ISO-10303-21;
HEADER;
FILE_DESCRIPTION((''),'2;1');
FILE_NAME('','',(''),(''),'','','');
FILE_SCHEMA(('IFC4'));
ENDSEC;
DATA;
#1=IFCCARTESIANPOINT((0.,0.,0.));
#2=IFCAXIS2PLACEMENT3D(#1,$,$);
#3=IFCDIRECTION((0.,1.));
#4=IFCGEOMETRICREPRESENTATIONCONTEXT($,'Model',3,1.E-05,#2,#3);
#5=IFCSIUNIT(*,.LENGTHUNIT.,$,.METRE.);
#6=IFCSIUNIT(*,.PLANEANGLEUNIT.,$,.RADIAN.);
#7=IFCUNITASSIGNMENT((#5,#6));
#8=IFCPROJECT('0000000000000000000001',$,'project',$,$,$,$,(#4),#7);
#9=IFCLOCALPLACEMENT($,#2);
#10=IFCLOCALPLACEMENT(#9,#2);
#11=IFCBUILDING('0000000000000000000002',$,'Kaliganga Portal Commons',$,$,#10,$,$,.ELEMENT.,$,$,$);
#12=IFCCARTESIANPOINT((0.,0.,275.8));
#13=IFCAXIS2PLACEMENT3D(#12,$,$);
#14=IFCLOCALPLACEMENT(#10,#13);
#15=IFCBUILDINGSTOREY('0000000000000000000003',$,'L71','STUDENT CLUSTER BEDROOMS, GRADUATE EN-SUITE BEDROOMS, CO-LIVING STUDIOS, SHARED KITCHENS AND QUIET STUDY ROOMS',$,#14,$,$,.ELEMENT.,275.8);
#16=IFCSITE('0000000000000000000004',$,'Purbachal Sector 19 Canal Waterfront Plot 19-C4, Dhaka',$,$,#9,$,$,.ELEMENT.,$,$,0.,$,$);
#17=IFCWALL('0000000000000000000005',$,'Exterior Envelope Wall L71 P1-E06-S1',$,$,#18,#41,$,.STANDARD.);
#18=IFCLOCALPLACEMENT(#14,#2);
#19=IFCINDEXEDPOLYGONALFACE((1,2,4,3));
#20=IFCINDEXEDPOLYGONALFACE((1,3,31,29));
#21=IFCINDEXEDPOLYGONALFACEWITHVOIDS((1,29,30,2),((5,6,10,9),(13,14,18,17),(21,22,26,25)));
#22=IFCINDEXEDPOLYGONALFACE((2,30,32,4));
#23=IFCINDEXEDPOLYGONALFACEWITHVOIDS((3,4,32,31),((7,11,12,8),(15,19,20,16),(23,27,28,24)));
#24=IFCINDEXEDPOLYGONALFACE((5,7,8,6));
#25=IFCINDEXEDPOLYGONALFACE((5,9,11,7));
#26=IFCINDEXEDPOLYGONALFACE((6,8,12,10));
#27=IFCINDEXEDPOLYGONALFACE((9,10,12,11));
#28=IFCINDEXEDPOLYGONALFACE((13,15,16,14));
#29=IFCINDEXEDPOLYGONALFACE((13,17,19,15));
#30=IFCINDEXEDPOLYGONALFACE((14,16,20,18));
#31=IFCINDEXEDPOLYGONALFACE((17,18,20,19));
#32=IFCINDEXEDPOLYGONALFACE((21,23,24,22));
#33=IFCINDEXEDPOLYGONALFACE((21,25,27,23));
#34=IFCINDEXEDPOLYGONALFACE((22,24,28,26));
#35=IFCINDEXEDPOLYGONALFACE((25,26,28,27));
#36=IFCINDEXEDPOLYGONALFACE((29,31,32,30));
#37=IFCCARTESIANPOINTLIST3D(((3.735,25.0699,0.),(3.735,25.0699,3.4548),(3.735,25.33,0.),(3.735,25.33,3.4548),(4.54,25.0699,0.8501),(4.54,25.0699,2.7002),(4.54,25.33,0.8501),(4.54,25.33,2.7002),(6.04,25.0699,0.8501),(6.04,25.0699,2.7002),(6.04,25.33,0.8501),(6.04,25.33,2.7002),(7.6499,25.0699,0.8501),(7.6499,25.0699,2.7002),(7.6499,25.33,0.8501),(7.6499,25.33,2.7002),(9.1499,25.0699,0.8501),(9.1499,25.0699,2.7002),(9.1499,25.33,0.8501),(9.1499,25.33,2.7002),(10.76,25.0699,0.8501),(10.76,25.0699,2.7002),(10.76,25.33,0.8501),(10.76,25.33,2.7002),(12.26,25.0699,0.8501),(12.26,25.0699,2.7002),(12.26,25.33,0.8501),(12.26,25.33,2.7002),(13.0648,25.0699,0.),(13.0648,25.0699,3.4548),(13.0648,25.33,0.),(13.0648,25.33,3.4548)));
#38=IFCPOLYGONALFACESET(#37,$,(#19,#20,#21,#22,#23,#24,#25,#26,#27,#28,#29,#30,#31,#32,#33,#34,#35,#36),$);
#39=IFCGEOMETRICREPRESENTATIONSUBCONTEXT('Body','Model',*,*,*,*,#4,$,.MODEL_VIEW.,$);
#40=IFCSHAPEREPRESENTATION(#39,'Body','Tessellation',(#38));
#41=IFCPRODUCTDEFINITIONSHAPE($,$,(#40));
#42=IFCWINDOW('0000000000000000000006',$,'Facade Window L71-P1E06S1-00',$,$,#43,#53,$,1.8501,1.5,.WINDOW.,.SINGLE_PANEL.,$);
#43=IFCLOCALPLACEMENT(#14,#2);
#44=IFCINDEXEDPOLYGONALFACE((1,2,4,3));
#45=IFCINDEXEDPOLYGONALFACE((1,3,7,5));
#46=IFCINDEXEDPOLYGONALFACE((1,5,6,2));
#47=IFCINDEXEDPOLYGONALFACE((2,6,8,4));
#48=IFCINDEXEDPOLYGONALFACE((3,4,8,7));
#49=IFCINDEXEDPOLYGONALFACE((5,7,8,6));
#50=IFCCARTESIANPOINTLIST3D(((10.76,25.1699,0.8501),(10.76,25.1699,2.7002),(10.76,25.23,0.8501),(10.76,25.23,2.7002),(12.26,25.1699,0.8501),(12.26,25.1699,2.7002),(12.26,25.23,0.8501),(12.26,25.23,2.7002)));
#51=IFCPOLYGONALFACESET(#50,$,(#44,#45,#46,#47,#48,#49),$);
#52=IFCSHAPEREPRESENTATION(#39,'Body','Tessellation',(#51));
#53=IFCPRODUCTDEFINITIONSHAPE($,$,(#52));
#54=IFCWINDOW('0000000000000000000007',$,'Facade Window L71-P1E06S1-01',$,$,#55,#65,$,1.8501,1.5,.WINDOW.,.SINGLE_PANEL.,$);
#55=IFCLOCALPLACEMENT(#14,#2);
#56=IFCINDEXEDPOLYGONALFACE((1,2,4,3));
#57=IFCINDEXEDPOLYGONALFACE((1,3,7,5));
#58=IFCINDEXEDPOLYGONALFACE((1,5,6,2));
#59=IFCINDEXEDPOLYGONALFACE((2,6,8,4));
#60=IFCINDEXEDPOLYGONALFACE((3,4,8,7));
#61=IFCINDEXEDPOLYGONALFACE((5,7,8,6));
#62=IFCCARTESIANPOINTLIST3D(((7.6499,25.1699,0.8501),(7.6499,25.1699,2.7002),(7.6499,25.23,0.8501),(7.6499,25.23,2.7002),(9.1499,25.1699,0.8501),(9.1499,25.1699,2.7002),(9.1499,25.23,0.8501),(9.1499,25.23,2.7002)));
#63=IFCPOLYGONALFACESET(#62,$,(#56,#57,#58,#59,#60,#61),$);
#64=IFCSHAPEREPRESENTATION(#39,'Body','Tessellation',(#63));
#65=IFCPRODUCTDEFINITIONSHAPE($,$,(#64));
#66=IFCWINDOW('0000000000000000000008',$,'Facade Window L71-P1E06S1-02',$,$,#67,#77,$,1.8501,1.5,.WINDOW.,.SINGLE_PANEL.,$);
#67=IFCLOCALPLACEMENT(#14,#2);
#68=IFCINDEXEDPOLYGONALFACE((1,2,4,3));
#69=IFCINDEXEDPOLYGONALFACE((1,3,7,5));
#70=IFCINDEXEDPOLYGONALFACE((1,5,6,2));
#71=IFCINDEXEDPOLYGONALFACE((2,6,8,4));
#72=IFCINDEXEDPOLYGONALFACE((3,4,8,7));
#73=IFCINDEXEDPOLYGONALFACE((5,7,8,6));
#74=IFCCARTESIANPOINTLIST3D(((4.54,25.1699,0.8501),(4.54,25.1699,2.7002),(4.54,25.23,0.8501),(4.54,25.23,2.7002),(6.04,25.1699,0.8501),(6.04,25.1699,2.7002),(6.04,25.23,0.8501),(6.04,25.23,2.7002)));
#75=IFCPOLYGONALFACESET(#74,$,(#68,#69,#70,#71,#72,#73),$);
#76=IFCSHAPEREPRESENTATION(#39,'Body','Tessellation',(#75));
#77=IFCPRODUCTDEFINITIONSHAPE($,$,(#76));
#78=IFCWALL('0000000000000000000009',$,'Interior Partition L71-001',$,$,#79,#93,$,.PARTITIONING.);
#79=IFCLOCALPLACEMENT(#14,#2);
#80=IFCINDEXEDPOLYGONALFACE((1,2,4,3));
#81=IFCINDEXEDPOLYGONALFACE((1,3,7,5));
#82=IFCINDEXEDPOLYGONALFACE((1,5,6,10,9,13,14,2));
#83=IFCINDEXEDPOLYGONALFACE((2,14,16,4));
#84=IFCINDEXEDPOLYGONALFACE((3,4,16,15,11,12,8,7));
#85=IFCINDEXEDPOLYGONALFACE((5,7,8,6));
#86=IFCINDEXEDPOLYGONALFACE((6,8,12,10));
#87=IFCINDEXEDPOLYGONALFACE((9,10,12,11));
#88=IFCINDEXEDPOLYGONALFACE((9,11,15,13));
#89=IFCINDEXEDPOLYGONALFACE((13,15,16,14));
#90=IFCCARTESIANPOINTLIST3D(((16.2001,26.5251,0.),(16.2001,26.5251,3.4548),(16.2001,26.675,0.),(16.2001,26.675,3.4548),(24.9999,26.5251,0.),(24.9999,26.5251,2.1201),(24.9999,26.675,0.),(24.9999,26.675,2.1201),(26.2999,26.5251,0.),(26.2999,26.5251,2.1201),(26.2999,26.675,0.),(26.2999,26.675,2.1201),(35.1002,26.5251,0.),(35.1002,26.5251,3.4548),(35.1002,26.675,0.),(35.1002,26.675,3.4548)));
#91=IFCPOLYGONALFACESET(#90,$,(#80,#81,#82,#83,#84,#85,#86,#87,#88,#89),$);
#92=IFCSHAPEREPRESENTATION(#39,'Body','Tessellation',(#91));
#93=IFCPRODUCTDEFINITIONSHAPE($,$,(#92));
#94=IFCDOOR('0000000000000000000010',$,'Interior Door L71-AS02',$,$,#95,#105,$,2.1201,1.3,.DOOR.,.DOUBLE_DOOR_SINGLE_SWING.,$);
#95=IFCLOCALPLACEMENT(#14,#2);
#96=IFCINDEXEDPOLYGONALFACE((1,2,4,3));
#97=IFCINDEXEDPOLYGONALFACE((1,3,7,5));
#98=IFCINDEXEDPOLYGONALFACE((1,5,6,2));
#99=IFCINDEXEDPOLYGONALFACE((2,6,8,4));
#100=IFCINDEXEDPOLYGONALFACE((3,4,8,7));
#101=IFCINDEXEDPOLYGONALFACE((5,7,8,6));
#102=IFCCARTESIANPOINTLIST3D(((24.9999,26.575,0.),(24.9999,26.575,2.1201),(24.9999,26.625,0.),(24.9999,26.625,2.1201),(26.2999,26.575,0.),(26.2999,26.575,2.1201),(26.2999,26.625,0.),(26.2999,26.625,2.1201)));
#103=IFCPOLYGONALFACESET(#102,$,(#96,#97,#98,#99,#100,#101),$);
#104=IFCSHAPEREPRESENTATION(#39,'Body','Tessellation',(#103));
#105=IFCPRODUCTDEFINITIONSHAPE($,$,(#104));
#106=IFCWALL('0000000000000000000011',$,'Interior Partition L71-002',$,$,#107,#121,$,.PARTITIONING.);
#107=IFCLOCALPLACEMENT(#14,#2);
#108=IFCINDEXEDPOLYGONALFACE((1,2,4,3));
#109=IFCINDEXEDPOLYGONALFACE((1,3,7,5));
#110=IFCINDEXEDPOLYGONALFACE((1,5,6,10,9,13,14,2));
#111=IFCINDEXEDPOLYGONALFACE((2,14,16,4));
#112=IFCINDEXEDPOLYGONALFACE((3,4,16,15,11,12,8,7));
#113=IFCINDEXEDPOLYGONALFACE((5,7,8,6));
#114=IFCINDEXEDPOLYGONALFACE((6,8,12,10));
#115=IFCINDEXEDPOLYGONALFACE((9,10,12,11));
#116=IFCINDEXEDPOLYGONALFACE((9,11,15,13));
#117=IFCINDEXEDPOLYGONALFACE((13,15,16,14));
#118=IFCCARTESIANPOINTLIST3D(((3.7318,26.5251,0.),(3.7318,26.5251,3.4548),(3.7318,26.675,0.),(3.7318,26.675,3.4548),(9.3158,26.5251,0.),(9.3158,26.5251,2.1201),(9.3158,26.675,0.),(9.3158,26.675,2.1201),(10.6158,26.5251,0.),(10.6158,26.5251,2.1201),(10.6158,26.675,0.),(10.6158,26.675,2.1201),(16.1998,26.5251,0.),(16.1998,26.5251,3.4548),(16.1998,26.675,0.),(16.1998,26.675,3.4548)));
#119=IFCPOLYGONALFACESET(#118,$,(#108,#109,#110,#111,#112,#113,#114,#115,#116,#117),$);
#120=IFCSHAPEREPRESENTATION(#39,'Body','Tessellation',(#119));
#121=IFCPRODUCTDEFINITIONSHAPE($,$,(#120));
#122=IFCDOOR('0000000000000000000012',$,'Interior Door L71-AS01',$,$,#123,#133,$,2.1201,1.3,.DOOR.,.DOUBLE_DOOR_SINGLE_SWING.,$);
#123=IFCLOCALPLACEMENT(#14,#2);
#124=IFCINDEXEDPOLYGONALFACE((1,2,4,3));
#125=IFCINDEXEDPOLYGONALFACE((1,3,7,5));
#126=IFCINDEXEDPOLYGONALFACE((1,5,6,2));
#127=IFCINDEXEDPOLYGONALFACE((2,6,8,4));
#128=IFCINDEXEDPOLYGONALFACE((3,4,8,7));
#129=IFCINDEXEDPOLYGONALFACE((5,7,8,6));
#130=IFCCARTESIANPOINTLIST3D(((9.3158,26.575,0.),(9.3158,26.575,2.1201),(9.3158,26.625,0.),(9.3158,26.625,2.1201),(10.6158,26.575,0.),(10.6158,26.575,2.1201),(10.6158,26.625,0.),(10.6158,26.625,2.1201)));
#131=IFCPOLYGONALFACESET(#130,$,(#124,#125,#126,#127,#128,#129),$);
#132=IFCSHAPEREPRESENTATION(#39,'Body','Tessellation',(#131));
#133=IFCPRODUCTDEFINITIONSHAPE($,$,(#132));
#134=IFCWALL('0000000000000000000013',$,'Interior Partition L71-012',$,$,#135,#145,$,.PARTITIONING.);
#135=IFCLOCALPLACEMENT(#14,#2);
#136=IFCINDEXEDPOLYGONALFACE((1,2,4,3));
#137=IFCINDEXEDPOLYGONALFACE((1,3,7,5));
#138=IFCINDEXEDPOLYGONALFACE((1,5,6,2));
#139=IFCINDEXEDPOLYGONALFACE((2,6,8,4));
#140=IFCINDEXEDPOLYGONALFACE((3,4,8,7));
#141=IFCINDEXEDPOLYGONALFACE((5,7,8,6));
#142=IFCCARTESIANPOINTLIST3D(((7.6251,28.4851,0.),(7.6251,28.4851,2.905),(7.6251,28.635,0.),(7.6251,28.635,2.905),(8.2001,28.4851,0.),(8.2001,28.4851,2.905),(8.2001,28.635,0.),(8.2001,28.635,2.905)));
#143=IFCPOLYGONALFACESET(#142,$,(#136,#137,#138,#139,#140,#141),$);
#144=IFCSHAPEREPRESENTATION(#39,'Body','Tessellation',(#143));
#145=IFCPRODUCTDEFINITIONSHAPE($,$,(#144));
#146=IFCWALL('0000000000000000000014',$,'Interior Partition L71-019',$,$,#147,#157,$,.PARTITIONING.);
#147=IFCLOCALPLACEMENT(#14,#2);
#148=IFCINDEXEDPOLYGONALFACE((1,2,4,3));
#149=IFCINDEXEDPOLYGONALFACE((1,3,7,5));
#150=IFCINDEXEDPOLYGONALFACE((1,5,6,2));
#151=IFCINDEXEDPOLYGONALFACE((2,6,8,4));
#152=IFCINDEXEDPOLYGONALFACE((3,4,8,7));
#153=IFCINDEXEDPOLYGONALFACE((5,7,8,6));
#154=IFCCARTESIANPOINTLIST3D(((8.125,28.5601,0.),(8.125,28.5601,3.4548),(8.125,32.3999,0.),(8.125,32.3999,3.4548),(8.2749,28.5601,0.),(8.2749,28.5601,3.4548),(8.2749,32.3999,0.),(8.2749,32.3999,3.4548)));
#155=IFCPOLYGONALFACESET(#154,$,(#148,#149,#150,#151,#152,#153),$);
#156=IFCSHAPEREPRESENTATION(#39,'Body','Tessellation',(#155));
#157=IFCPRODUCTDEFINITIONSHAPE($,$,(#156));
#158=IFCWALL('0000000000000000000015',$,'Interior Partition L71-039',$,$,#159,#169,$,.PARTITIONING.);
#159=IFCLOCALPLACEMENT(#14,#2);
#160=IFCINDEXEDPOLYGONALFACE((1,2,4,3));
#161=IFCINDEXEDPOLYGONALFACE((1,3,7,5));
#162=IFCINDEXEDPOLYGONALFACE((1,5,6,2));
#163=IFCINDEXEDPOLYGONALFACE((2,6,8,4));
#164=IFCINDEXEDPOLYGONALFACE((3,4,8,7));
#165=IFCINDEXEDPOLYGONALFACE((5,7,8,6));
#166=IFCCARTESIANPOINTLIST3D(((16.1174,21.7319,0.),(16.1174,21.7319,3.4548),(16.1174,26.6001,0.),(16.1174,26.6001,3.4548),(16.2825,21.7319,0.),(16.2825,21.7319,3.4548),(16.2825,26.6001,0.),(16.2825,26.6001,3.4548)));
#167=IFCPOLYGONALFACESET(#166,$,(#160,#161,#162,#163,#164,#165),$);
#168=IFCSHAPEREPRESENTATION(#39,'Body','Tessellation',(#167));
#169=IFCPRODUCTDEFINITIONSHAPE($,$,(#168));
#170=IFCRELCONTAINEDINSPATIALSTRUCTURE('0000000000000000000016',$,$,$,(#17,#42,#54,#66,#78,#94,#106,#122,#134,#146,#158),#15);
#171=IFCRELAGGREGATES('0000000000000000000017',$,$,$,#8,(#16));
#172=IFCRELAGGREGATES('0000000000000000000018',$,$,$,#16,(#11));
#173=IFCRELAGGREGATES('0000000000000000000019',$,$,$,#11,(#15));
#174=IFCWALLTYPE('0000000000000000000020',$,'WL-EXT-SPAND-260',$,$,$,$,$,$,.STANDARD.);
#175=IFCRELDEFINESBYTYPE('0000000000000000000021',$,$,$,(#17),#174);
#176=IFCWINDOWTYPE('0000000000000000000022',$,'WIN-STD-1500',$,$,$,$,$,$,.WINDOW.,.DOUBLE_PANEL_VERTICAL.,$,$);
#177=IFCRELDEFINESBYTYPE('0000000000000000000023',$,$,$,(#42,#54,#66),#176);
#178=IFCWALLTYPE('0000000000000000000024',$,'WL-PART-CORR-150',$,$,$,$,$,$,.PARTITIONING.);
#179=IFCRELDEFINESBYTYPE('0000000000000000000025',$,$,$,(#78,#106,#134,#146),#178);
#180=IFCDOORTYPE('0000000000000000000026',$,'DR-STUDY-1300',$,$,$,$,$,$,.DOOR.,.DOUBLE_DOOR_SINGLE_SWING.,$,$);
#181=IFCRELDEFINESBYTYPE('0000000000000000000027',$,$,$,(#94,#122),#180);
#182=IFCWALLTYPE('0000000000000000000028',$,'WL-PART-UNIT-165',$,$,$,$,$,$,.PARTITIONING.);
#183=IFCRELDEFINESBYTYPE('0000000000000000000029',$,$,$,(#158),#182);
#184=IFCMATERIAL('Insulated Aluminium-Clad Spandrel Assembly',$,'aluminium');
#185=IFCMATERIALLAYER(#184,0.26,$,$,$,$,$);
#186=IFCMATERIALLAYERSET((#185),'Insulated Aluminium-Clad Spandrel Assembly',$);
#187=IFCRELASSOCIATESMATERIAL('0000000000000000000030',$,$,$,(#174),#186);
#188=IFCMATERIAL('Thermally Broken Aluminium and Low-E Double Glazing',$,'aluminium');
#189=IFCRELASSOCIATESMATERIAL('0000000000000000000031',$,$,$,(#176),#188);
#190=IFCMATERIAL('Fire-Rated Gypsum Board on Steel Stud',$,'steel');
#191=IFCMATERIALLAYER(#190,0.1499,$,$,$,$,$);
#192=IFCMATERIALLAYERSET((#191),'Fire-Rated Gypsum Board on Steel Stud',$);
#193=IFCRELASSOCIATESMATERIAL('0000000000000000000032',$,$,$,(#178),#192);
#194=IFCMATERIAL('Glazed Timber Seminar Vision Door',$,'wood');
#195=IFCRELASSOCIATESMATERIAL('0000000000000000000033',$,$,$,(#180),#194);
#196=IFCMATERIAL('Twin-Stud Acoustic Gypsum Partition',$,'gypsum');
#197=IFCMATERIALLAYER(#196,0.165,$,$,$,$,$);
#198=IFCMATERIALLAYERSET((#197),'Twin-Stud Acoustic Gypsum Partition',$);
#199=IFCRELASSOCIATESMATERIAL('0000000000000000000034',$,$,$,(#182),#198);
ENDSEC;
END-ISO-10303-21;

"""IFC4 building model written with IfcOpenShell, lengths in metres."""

from ifc_helpers import new_model, si_unit, direction, frame, frame_2d, origin, place, context, subcontext, project, spatial, rectangle, extrude, material, layer, layer_set, type_object, element, fill, save


model = new_model("IFC4")

# Units and contexts
model_context = context("Model", 3, precision=1e-05, world=origin(), true_north=direction((0.0, 1.0)))
body_context = subcontext(model_context, "Body", "Model", "MODEL_VIEW")
ifc_project = project(units=[si_unit("LENGTHUNIT", "METRE"), si_unit("PLANEANGLEUNIT", "RADIAN")], contexts=[model_context])

# Site, building, storey
site_placement = place(None, origin())
site = spatial("IfcSite", under=ifc_project, at=site_placement, Name="Purbachal Sector 19 Canal Waterfront Plot 19-C4, Dhaka", CompositionType="ELEMENT", RefElevation=0.0)
building_placement = place(site_placement, origin())
building = spatial("IfcBuilding", under=site, at=building_placement, Name="Kaliganga Portal Commons", CompositionType="ELEMENT")
storey_placement = place(building_placement, frame((0.0, 0.0, 275.8)))
storey = spatial("IfcBuildingStorey", under=building, at=storey_placement, Name="L71", Description="STUDENT CLUSTER BEDROOMS, GRADUATE EN-SUITE BEDROOMS, CO-LIVING STUDIOS, SHARED KITCHENS AND QUIET STUDY ROOMS", CompositionType="ELEMENT", Elevation=275.8)

# Shared definitions
ifc_material_1 = material(Name="Insulated Aluminium-Clad Spandrel Assembly", Category="aluminium")
ifc_layer_1 = layer(ifc_material_1, 0.26)
ifc_layer_set_1 = layer_set([ifc_layer_1], Name="Insulated Aluminium-Clad Spandrel Assembly")
wall_type_1 = type_object("IfcWallType", Name="WL-EXT-SPAND-260", PredefinedType="STANDARD", material=ifc_layer_set_1)
ifc_material_2 = material(Name="Thermally Broken Aluminium and Low-E Double Glazing", Category="aluminium")

# Wall, openings, windows
wall_1_placement = place(storey_placement, frame((13.0649, 25.2, 0.0), z_axis=(0.0, 0.0, 1.0), x_axis=(-1.0, 0.0, 0.0)))
wall_1 = element("IfcWall", 1, at=wall_1_placement, inside=storey, type_object=wall_type_1, Name="Exterior Envelope Wall L71 P1-E06-S1", PredefinedType="STANDARD", context=body_context, shape_type="SweptSolid", body=[
    extrude(rectangle(XDim=9.3298, YDim=0.26, at=frame_2d((4.665, 0.0))), origin(), (0.0, 0.0, 1.0), 3.4548),
])
opening_1_placement = place(wall_1_placement, frame((0.8049, 0.0, 0.8501)))
opening_1 = element("IfcOpeningElement", 2, at=opening_1_placement, cuts=wall_1, PredefinedType="OPENING", context=body_context, shape_type="SweptSolid", body=[
    extrude(rectangle(XDim=1.5, YDim=1.8501, at=frame_2d((0.75, 0.925))), frame((0.0, 0.1401, 0.0), z_axis=(0.0, -1.0, 0.0), x_axis=(1.0, 0.0, 0.0)), (0.0, 0.0, 1.0), 0.28),
])
opening_2_placement = place(wall_1_placement, frame((3.915, 0.0, 0.8501)))
opening_2 = element("IfcOpeningElement", 3, at=opening_2_placement, cuts=wall_1, PredefinedType="OPENING", context=body_context, shape_type="SweptSolid", body=[
    extrude(rectangle(XDim=1.5, YDim=1.8501, at=frame_2d((0.75, 0.925))), frame((0.0, 0.1401, 0.0), z_axis=(0.0, -1.0, 0.0), x_axis=(1.0, 0.0, 0.0)), (0.0, 0.0, 1.0), 0.28),
])
opening_3_placement = place(wall_1_placement, frame((7.0249, 0.0, 0.8501)))
opening_3 = element("IfcOpeningElement", 4, at=opening_3_placement, cuts=wall_1, PredefinedType="OPENING", context=body_context, shape_type="SweptSolid", body=[
    extrude(rectangle(XDim=1.5, YDim=1.8501, at=frame_2d((0.75, 0.925))), frame((0.0, 0.1401, 0.0), z_axis=(0.0, -1.0, 0.0), x_axis=(1.0, 0.0, 0.0)), (0.0, 0.0, 1.0), 0.28),
])
window_type_1 = type_object("IfcWindowType", Name="WIN-STD-1500", PartitioningType="DOUBLE_PANEL_VERTICAL", PredefinedType="WINDOW", material=ifc_material_2)
window_1_placement = place(opening_1_placement, origin())
window_1 = element("IfcWindow", 5, at=window_1_placement, inside=storey, type_object=window_type_1, Name="Facade Window L71-P1E06S1-00", OverallHeight=1.8501, OverallWidth=1.5, PartitioningType="SINGLE_PANEL", PredefinedType="WINDOW", context=body_context, shape_type="SweptSolid", body=[
    extrude(rectangle(XDim=1.5, YDim=1.8501, at=frame_2d((0.75, 0.925))), frame((0.0, 0.03, 0.0), z_axis=(0.0, -1.0, 0.0), x_axis=(1.0, 0.0, 0.0)), (0.0, 0.0, 1.0), 0.0601),
])
fill(opening_1, window_1)
window_2_placement = place(opening_2_placement, origin())
window_2 = element("IfcWindow", 6, at=window_2_placement, inside=storey, type_object=window_type_1, Name="Facade Window L71-P1E06S1-01", OverallHeight=1.8501, OverallWidth=1.5, PartitioningType="SINGLE_PANEL", PredefinedType="WINDOW", context=body_context, shape_type="SweptSolid", body=[
    extrude(rectangle(XDim=1.5, YDim=1.8501, at=frame_2d((0.75, 0.925))), frame((0.0, 0.03, 0.0), z_axis=(0.0, -1.0, 0.0), x_axis=(1.0, 0.0, 0.0)), (0.0, 0.0, 1.0), 0.0601),
])
fill(opening_2, window_2)
window_3_placement = place(opening_3_placement, origin())
window_3 = element("IfcWindow", 7, at=window_3_placement, inside=storey, type_object=window_type_1, Name="Facade Window L71-P1E06S1-02", OverallHeight=1.8501, OverallWidth=1.5, PartitioningType="SINGLE_PANEL", PredefinedType="WINDOW", context=body_context, shape_type="SweptSolid", body=[
    extrude(rectangle(XDim=1.5, YDim=1.8501, at=frame_2d((0.75, 0.925))), frame((0.0, 0.03, 0.0), z_axis=(0.0, -1.0, 0.0), x_axis=(1.0, 0.0, 0.0)), (0.0, 0.0, 1.0), 0.0601),
])
fill(opening_3, window_3)

# Walls, openings, doors
ifc_material_3 = material(Name="Fire-Rated Gypsum Board on Steel Stud", Category="steel")
ifc_layer_2 = layer(ifc_material_3, 0.1499)
ifc_layer_set_2 = layer_set([ifc_layer_2], Name="Fire-Rated Gypsum Board on Steel Stud")
wall_type_2 = type_object("IfcWallType", Name="WL-PART-CORR-150", PredefinedType="PARTITIONING", material=ifc_layer_set_2)
wall_2_placement = place(storey_placement, frame((16.2, 26.6001, 0.0), z_axis=(0.0, 0.0, 1.0), x_axis=(1.0, 0.0, 0.0)))
wall_2 = element("IfcWall", 8, at=wall_2_placement, inside=storey, type_object=wall_type_2, Name="Interior Partition L71-001", PredefinedType="PARTITIONING", context=body_context, shape_type="SweptSolid", body=[
    extrude(rectangle(XDim=18.9001, YDim=0.1499, at=frame_2d((9.4502, 0.0))), origin(), (0.0, 0.0, 1.0), 3.4548),
])
opening_4_placement = place(wall_2_placement, frame((8.8, 0.0, 0.0)))
opening_4 = element("IfcOpeningElement", 9, at=opening_4_placement, cuts=wall_2, PredefinedType="OPENING", context=body_context, shape_type="SweptSolid", body=[
    extrude(rectangle(XDim=1.3, YDim=2.1201, at=frame_2d((0.6499, 1.0601))), frame((0.0, 0.085, 0.0), z_axis=(0.0, -1.0, 0.0), x_axis=(1.0, 0.0, 0.0)), (0.0, 0.0, 1.0), 0.1699),
])
ifc_material_4 = material(Name="Glazed Timber Seminar Vision Door", Category="wood")
door_type = type_object("IfcDoorType", Name="DR-STUDY-1300", OperationType="DOUBLE_DOOR_SINGLE_SWING", PredefinedType="DOOR", material=ifc_material_4)
door_1_placement = place(opening_4_placement, origin())
door_1 = element("IfcDoor", 10, at=door_1_placement, inside=storey, type_object=door_type, Name="Interior Door L71-AS02", OperationType="DOUBLE_DOOR_SINGLE_SWING", OverallHeight=2.1201, OverallWidth=1.3, PredefinedType="DOOR", context=body_context, shape_type="SweptSolid", body=[
    extrude(rectangle(XDim=1.3, YDim=2.1201, at=frame_2d((0.6499, 1.0601))), frame((0.0, 0.0249, 0.0), z_axis=(0.0, -1.0, 0.0), x_axis=(1.0, 0.0, 0.0)), (0.0, 0.0, 1.0), 0.05),
])
fill(opening_4, door_1)
wall_3_placement = place(storey_placement, frame((3.7319, 26.6001, 0.0), z_axis=(0.0, 0.0, 1.0), x_axis=(1.0, 0.0, 0.0)))
wall_3 = element("IfcWall", 11, at=wall_3_placement, inside=storey, type_object=wall_type_2, Name="Interior Partition L71-002", PredefinedType="PARTITIONING", context=body_context, shape_type="SweptSolid", body=[
    extrude(rectangle(XDim=12.468, YDim=0.1499, at=frame_2d((6.2339, 0.0))), origin(), (0.0, 0.0, 1.0), 3.4548),
])
opening_5_placement = place(wall_3_placement, frame((5.584, 0.0, 0.0)))
opening_5 = element("IfcOpeningElement", 12, at=opening_5_placement, cuts=wall_3, PredefinedType="OPENING", context=body_context, shape_type="SweptSolid", body=[
    extrude(rectangle(XDim=1.3, YDim=2.1201, at=frame_2d((0.6499, 1.0601))), frame((0.0, 0.085, 0.0), z_axis=(0.0, -1.0, 0.0), x_axis=(1.0, 0.0, 0.0)), (0.0, 0.0, 1.0), 0.1699),
])
door_2_placement = place(opening_5_placement, origin())
door_2 = element("IfcDoor", 13, at=door_2_placement, inside=storey, type_object=door_type, Name="Interior Door L71-AS01", OperationType="DOUBLE_DOOR_SINGLE_SWING", OverallHeight=2.1201, OverallWidth=1.3, PredefinedType="DOOR", context=body_context, shape_type="SweptSolid", body=[
    extrude(rectangle(XDim=1.3, YDim=2.1201, at=frame_2d((0.6499, 1.0601))), frame((0.0, 0.0249, 0.0), z_axis=(0.0, -1.0, 0.0), x_axis=(1.0, 0.0, 0.0)), (0.0, 0.0, 1.0), 0.05),
])
fill(opening_5, door_2)

# Walls
wall_4_placement = place(storey_placement, frame((7.625, 28.5601, 0.0), z_axis=(0.0, 0.0, 1.0), x_axis=(1.0, 0.0, 0.0)))
element("IfcWall", 14, at=wall_4_placement, inside=storey, type_object=wall_type_2, Name="Interior Partition L71-012", PredefinedType="PARTITIONING", context=body_context, shape_type="SweptSolid", body=[
    extrude(rectangle(XDim=0.575, YDim=0.1499, at=frame_2d((0.2876, 0.0))), origin(), (0.0, 0.0, 1.0), 2.905),
])
wall_5_placement = place(storey_placement, frame((8.2, 28.5601, 0.0), z_axis=(0.0, 0.0, 1.0), x_axis=(0.0, 1.0, 0.0)))
element("IfcWall", 15, at=wall_5_placement, inside=storey, type_object=wall_type_2, Name="Interior Partition L71-019", PredefinedType="PARTITIONING", context=body_context, shape_type="SweptSolid", body=[
    extrude(rectangle(XDim=3.8398, YDim=0.1499, at=frame_2d((1.9199, 0.0))), origin(), (0.0, 0.0, 1.0), 3.4548),
])
ifc_material_5 = material(Name="Twin-Stud Acoustic Gypsum Partition", Category="gypsum")
ifc_layer_3 = layer(ifc_material_5, 0.165)
ifc_layer_set_3 = layer_set([ifc_layer_3], Name="Twin-Stud Acoustic Gypsum Partition")
wall_type_3 = type_object("IfcWallType", Name="WL-PART-UNIT-165", PredefinedType="PARTITIONING", material=ifc_layer_set_3)
wall_6_placement = place(storey_placement, frame((16.2, 21.7319, 0.0), z_axis=(0.0, 0.0, 1.0), x_axis=(0.0, 1.0, 0.0)))
element("IfcWall", 16, at=wall_6_placement, inside=storey, type_object=wall_type_3, Name="Interior Partition L71-039", PredefinedType="PARTITIONING", context=body_context, shape_type="SweptSolid", body=[
    extrude(rectangle(XDim=4.8682, YDim=0.165, at=frame_2d((2.4341, 0.0))), origin(), (0.0, 0.0, 1.0), 3.4548),
])

save(model, "model.ifc")
